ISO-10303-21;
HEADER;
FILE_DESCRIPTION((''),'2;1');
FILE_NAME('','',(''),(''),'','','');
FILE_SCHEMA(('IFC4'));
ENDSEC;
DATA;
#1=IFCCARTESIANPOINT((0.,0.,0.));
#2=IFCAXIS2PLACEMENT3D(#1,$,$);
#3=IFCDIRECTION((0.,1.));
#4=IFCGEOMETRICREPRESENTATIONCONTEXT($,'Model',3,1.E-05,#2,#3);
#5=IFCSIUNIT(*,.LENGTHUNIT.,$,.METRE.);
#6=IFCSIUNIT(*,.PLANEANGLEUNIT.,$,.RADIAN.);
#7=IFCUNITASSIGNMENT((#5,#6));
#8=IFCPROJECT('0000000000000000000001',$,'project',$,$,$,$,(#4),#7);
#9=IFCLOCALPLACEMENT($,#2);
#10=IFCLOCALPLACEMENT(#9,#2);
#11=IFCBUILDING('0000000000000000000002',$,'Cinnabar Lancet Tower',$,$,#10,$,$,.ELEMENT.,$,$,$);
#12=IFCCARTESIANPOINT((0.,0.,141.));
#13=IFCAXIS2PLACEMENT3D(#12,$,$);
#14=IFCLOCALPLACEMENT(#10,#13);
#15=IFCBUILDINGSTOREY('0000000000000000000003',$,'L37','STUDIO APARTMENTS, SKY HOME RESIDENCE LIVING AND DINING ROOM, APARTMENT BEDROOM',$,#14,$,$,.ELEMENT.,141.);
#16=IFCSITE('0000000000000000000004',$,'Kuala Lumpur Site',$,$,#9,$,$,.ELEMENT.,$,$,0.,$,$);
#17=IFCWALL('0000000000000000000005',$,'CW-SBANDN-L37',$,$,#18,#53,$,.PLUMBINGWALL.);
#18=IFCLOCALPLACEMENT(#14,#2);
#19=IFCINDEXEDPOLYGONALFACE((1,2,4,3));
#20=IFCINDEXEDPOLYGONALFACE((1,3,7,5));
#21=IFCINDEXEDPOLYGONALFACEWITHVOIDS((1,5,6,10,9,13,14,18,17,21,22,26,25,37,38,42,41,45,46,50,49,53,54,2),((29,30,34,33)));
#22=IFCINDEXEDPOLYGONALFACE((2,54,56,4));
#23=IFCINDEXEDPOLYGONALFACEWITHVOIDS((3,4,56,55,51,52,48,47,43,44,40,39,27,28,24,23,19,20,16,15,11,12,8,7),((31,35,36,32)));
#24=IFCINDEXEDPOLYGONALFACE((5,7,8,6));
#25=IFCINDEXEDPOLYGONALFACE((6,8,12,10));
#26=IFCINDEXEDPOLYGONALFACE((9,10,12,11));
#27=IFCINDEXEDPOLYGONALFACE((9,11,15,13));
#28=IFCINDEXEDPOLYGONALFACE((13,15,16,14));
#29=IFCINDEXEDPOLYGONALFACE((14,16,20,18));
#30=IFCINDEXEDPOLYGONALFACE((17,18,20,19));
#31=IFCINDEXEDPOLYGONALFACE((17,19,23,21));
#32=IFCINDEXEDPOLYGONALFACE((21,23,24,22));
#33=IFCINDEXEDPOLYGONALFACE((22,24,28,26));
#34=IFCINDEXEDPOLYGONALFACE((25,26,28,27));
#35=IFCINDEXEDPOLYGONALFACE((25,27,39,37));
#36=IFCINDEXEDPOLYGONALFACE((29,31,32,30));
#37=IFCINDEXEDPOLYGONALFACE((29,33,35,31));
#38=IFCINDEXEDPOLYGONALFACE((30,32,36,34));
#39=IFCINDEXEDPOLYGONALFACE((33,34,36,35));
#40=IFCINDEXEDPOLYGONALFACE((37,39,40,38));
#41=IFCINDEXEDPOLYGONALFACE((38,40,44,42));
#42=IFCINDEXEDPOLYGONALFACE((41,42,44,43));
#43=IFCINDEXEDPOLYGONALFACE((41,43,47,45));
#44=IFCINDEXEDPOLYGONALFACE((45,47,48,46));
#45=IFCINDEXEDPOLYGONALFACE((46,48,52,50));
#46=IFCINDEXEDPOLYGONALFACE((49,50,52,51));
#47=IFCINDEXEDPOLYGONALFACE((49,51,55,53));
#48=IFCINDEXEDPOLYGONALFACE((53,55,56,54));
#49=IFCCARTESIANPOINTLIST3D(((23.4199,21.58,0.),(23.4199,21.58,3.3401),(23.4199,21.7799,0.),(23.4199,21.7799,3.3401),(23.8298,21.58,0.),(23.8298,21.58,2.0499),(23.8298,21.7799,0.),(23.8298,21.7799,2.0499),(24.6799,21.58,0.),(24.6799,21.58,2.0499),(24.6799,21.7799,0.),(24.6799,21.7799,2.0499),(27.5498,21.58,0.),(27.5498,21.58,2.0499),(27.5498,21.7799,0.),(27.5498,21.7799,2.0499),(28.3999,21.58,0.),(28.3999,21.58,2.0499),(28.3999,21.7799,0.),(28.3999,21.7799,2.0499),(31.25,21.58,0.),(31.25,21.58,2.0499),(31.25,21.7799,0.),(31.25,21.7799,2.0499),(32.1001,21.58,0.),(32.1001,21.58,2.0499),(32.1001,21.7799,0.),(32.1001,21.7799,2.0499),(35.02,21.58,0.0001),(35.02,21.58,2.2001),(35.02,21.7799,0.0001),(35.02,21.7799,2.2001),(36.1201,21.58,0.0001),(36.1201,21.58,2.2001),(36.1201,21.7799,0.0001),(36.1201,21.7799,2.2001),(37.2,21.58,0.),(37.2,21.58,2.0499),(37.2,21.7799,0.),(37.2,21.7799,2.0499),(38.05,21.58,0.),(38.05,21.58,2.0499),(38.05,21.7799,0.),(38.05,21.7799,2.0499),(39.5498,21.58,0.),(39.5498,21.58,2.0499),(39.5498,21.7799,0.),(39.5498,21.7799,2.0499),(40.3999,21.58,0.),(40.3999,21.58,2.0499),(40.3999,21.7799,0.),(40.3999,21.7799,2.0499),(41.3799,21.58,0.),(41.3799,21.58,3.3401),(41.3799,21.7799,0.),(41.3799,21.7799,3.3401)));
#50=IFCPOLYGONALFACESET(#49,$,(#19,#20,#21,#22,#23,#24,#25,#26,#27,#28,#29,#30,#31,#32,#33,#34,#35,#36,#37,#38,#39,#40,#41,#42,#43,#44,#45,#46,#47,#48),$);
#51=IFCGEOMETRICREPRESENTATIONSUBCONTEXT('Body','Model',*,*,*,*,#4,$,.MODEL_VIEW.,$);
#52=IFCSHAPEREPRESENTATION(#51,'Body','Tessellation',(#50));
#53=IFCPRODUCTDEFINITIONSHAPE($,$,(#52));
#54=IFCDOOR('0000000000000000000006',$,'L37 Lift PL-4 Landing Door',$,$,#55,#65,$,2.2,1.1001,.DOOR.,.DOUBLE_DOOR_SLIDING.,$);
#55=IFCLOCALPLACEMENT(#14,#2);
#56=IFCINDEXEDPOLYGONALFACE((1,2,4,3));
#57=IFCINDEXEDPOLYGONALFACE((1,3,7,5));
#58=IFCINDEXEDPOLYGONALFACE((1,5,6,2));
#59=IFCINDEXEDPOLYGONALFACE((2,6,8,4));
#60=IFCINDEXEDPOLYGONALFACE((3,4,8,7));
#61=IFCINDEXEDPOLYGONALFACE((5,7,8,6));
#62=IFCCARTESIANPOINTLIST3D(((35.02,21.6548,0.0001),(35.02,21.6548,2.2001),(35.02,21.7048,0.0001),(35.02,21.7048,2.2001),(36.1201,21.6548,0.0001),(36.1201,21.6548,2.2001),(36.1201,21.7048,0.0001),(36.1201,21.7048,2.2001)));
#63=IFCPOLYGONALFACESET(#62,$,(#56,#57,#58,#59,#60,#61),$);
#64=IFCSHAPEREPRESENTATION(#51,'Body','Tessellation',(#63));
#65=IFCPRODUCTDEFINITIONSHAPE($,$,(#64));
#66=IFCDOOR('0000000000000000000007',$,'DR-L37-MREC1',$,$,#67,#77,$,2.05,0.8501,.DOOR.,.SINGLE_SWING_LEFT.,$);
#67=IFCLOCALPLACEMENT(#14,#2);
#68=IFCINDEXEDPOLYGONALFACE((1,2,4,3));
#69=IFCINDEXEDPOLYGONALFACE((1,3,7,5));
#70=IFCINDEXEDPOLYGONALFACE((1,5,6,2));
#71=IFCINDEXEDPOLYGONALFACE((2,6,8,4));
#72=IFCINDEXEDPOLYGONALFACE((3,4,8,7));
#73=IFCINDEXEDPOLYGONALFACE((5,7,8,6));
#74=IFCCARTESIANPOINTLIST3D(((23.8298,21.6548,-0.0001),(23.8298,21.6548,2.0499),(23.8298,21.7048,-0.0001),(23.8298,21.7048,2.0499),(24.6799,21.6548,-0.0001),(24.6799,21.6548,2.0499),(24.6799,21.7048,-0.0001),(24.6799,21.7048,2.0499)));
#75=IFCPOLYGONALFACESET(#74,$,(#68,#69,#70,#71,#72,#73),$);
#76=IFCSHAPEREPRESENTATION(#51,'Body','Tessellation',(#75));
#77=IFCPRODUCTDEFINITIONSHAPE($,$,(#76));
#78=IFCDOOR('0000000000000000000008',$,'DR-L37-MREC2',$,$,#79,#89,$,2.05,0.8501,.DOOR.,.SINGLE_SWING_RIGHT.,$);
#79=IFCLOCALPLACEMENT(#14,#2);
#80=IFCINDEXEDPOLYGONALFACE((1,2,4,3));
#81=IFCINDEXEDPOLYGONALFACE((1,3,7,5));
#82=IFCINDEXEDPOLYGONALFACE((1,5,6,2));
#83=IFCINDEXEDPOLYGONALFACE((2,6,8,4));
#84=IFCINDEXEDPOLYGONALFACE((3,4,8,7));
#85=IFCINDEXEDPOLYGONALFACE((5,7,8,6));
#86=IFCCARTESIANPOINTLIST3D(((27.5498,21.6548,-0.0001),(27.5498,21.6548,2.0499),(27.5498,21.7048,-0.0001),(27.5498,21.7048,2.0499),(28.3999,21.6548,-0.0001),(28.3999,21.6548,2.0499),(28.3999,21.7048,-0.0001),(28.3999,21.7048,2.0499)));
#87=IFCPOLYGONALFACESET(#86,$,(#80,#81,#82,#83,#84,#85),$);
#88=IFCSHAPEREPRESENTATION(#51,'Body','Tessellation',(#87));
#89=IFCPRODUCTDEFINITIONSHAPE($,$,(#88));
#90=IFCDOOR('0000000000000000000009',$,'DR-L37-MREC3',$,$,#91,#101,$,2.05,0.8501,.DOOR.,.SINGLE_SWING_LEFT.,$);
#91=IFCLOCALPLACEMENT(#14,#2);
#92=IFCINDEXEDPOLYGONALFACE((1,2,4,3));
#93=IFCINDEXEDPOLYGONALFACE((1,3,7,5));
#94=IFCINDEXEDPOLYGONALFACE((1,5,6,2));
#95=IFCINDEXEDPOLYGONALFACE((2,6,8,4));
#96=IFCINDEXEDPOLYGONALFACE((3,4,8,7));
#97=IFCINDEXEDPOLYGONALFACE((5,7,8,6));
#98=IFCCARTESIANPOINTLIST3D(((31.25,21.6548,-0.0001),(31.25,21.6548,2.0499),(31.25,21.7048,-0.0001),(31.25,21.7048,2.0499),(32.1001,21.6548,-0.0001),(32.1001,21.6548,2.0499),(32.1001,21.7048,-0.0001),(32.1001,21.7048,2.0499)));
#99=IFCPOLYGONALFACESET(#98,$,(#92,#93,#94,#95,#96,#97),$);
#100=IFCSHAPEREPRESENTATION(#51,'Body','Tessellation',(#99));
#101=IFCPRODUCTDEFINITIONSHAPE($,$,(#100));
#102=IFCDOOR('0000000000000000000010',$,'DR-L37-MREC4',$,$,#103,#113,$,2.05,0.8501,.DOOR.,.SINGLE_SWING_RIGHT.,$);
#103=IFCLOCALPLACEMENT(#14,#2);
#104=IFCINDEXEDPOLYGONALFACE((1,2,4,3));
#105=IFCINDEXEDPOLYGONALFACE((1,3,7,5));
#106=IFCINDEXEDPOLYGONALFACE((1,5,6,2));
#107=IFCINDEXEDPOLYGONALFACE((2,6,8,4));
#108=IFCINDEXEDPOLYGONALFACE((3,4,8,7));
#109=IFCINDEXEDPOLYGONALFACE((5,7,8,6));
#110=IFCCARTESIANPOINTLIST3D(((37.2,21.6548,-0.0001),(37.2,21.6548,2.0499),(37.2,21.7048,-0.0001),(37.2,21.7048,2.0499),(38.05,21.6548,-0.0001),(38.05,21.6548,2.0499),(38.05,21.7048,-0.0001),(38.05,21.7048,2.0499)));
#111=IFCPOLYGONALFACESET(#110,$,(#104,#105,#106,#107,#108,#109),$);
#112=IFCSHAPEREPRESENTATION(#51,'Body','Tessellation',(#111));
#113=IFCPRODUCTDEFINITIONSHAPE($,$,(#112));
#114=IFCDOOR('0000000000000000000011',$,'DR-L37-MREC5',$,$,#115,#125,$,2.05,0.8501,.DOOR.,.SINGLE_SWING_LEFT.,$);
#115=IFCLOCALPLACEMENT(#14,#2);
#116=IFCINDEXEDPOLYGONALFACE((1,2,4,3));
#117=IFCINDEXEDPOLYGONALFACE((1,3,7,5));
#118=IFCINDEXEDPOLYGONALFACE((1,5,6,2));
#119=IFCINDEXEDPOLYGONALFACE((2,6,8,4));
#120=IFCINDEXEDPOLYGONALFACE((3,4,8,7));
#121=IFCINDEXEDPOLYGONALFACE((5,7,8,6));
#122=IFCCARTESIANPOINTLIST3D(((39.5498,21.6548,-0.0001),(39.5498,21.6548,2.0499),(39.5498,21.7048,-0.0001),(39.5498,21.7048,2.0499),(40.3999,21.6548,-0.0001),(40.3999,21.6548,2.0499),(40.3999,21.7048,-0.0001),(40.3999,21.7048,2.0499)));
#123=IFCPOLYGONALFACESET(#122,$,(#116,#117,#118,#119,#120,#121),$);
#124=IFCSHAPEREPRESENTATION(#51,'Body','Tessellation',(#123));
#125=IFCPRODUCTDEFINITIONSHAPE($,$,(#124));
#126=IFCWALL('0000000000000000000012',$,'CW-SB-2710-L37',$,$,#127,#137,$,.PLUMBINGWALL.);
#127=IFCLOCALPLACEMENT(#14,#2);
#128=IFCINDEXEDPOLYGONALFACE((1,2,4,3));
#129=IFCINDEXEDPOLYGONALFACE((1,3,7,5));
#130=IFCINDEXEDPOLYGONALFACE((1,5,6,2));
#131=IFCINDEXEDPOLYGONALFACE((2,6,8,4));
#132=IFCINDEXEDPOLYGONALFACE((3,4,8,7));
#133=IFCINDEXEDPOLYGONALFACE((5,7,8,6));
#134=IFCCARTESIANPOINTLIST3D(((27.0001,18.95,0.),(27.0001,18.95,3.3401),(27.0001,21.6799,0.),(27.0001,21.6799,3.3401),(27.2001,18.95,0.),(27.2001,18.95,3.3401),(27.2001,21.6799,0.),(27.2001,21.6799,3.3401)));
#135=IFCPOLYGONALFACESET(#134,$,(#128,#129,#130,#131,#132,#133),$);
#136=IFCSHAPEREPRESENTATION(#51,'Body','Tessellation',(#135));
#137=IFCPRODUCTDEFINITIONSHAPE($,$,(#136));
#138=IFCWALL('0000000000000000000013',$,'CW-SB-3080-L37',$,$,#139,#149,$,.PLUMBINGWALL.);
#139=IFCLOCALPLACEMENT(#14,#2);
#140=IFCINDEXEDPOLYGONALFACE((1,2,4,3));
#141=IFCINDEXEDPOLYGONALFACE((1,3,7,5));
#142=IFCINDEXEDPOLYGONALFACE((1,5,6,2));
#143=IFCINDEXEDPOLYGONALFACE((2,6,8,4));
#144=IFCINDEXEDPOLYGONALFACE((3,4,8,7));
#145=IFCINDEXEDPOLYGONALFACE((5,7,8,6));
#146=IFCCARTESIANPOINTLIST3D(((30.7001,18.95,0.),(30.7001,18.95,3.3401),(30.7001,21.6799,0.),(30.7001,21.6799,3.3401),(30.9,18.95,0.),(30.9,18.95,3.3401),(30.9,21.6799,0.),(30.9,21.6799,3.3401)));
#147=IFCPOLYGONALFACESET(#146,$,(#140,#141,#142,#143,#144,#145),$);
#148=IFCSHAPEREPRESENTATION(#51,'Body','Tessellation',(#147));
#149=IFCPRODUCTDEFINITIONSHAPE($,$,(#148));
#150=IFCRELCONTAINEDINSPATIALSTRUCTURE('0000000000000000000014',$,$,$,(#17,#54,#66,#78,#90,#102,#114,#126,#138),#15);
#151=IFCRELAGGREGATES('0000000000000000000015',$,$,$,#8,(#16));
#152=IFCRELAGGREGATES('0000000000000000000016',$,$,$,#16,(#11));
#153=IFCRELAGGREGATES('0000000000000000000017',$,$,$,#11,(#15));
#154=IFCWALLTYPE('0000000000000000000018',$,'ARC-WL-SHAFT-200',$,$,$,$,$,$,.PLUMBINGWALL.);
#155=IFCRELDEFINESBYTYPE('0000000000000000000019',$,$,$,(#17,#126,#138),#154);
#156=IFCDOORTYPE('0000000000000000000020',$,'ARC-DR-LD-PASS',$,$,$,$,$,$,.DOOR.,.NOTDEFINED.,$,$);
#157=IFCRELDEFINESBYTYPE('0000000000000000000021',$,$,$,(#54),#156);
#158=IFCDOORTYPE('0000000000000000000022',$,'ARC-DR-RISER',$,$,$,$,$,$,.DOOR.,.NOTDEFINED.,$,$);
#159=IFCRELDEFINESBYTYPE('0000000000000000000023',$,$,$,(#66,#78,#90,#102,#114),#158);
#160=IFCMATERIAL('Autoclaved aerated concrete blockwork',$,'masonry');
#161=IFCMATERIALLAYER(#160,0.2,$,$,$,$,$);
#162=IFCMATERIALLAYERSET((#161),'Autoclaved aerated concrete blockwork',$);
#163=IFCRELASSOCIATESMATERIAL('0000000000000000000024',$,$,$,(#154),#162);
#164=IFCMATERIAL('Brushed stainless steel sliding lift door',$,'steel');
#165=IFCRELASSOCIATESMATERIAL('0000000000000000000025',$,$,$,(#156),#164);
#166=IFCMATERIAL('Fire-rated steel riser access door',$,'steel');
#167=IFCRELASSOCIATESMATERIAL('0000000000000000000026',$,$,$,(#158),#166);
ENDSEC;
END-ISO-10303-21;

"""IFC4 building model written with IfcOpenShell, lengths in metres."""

from ifc_helpers import new_model, si_unit, direction, frame, frame_2d, origin, place, context, subcontext, project, spatial, rectangle, extrude, material, layer, layer_set, type_object, element, fill, save


model = new_model("IFC4")

# Units and contexts
model_context = context("Model", 3, precision=1e-05, world=origin(), true_north=direction((0.0, 1.0)))
body_context = subcontext(model_context, "Body", "Model", "MODEL_VIEW")
ifc_project = project(units=[si_unit("LENGTHUNIT", "METRE"), si_unit("PLANEANGLEUNIT", "RADIAN")], contexts=[model_context])

# Site, building, storey
site_placement = place(None, origin())
site = spatial("IfcSite", under=ifc_project, at=site_placement, Name="Kuala Lumpur Site", CompositionType="ELEMENT", RefElevation=0.0)
building_placement = place(site_placement, origin())
building = spatial("IfcBuilding", under=site, at=building_placement, Name="Cinnabar Lancet Tower", CompositionType="ELEMENT")
storey_placement = place(building_placement, frame((0.0, 0.0, 141.0)))
storey = spatial("IfcBuildingStorey", under=building, at=storey_placement, Name="L37", Description="STUDIO APARTMENTS, SKY HOME RESIDENCE LIVING AND DINING ROOM, APARTMENT BEDROOM", CompositionType="ELEMENT", Elevation=141.0)

# Shared definitions
ifc_material_1 = material(Name="Autoclaved aerated concrete blockwork", Category="masonry")
ifc_layer_1 = layer(ifc_material_1, 0.2)
ifc_layer_set_1 = layer_set([ifc_layer_1], Name="Autoclaved aerated concrete blockwork")
wall_type_1 = type_object("IfcWallType", Name="ARC-WL-SHAFT-200", PredefinedType="PLUMBINGWALL", material=ifc_layer_set_1)

# Shared definitions
ifc_material_2 = material(Name="Brushed stainless steel sliding lift door", Category="steel")
door_type_1 = type_object("IfcDoorType", Name="ARC-DR-LD-PASS", OperationType="NOTDEFINED", PredefinedType="DOOR", material=ifc_material_2)

# Wall, openings, doors
wall_1_placement = place(storey_placement, frame((23.4199, 21.6799, 0.0), z_axis=(0.0, 0.0, 1.0), x_axis=(1.0, 0.0, 0.0)))
wall_1 = element("IfcWall", 1, at=wall_1_placement, inside=storey, type_object=wall_type_1, Name="CW-SBANDN-L37", PredefinedType="PLUMBINGWALL", context=body_context, shape_type="SweptSolid", body=[
    extrude(rectangle(XDim=17.96, YDim=0.2, at=frame_2d((8.98, 0.0))), origin(), (0.0, 0.0, 1.0), 3.3401),
])
opening_1_placement = place(wall_1_placement, frame((11.6001, 0.0, 0.0)))
opening_1 = element("IfcOpeningElement", 2, at=opening_1_placement, cuts=wall_1, PredefinedType="OPENING", context=body_context, shape_type="SweptSolid", body=[
    extrude(rectangle(XDim=1.1001, YDim=2.2, at=frame_2d((0.55, 1.1001))), frame((0.0, 0.1099, 0.0), z_axis=(0.0, -1.0, 0.0), x_axis=(1.0, 0.0, 0.0)), (0.0, 0.0, 1.0), 0.22),
])
opening_2_placement = place(wall_1_placement, frame((0.4099, 0.0, 0.0)))
opening_2 = element("IfcOpeningElement", 3, at=opening_2_placement, cuts=wall_1, PredefinedType="OPENING", context=body_context, shape_type="SweptSolid", body=[
    extrude(rectangle(XDim=0.8501, YDim=2.05, at=frame_2d((0.425, 1.0249))), frame((0.0, 0.1099, 0.0), z_axis=(0.0, -1.0, 0.0), x_axis=(1.0, 0.0, 0.0)), (0.0, 0.0, 1.0), 0.22),
])
opening_3_placement = place(wall_1_placement, frame((4.1299, 0.0, 0.0)))
opening_3 = element("IfcOpeningElement", 4, at=opening_3_placement, cuts=wall_1, PredefinedType="OPENING", context=body_context, shape_type="SweptSolid", body=[
    extrude(rectangle(XDim=0.8501, YDim=2.05, at=frame_2d((0.425, 1.0249))), frame((0.0, 0.1099, 0.0), z_axis=(0.0, -1.0, 0.0), x_axis=(1.0, 0.0, 0.0)), (0.0, 0.0, 1.0), 0.22),
])
opening_4_placement = place(wall_1_placement, frame((7.8301, 0.0, 0.0)))
opening_4 = element("IfcOpeningElement", 5, at=opening_4_placement, cuts=wall_1, PredefinedType="OPENING", context=body_context, shape_type="SweptSolid", body=[
    extrude(rectangle(XDim=0.8501, YDim=2.05, at=frame_2d((0.425, 1.0249))), frame((0.0, 0.1099, 0.0), z_axis=(0.0, -1.0, 0.0), x_axis=(1.0, 0.0, 0.0)), (0.0, 0.0, 1.0), 0.22),
])
opening_5_placement = place(wall_1_placement, frame((13.78, 0.0, 0.0)))
opening_5 = element("IfcOpeningElement", 6, at=opening_5_placement, cuts=wall_1, PredefinedType="OPENING", context=body_context, shape_type="SweptSolid", body=[
    extrude(rectangle(XDim=0.8501, YDim=2.05, at=frame_2d((0.425, 1.0249))), frame((0.0, 0.1099, 0.0), z_axis=(0.0, -1.0, 0.0), x_axis=(1.0, 0.0, 0.0)), (0.0, 0.0, 1.0), 0.22),
])
opening_6_placement = place(wall_1_placement, frame((16.1299, 0.0, 0.0)))
opening_6 = element("IfcOpeningElement", 7, at=opening_6_placement, cuts=wall_1, PredefinedType="OPENING", context=body_context, shape_type="SweptSolid", body=[
    extrude(rectangle(XDim=0.8501, YDim=2.05, at=frame_2d((0.425, 1.0249))), frame((0.0, 0.1099, 0.0), z_axis=(0.0, -1.0, 0.0), x_axis=(1.0, 0.0, 0.0)), (0.0, 0.0, 1.0), 0.22),
])
door_1_placement = place(opening_1_placement, origin())
door_1 = element("IfcDoor", 8, at=door_1_placement, inside=storey, type_object=door_type_1, Name="L37 Lift PL-4 Landing Door", OperationType="DOUBLE_DOOR_SLIDING", OverallHeight=2.2, OverallWidth=1.1001, PredefinedType="DOOR", context=body_context, shape_type="SweptSolid", body=[
    extrude(rectangle(XDim=1.1001, YDim=2.2, at=frame_2d((0.55, 1.1001))), frame((0.0, 0.0249, 0.0), z_axis=(0.0, -1.0, 0.0), x_axis=(1.0, 0.0, 0.0)), (0.0, 0.0, 1.0), 0.05),
])
fill(opening_1, door_1)
ifc_material_3 = material(Name="Fire-rated steel riser access door", Category="steel")
door_type_2 = type_object("IfcDoorType", Name="ARC-DR-RISER", OperationType="NOTDEFINED", PredefinedType="DOOR", material=ifc_material_3)
door_2_placement = place(opening_2_placement, origin())
door_2 = element("IfcDoor", 9, at=door_2_placement, inside=storey, type_object=door_type_2, Name="DR-L37-MREC1", OperationType="SINGLE_SWING_LEFT", OverallHeight=2.05, OverallWidth=0.8501, PredefinedType="DOOR", context=body_context, shape_type="SweptSolid", body=[
    extrude(rectangle(XDim=0.8501, YDim=2.05, at=frame_2d((0.425, 1.0249))), frame((0.0, 0.0249, 0.0), z_axis=(0.0, -1.0, 0.0), x_axis=(1.0, 0.0, 0.0)), (0.0, 0.0, 1.0), 0.05),
])
fill(opening_2, door_2)
door_3_placement = place(opening_3_placement, origin())
door_3 = element("IfcDoor", 10, at=door_3_placement, inside=storey, type_object=door_type_2, Name="DR-L37-MREC2", OperationType="SINGLE_SWING_RIGHT", OverallHeight=2.05, OverallWidth=0.8501, PredefinedType="DOOR", context=body_context, shape_type="SweptSolid", body=[
    extrude(rectangle(XDim=0.8501, YDim=2.05, at=frame_2d((0.425, 1.0249))), frame((0.0, 0.0249, 0.0), z_axis=(0.0, -1.0, 0.0), x_axis=(1.0, 0.0, 0.0)), (0.0, 0.0, 1.0), 0.05),
])
fill(opening_3, door_3)
door_4_placement = place(opening_4_placement, origin())
door_4 = element("IfcDoor", 11, at=door_4_placement, inside=storey, type_object=door_type_2, Name="DR-L37-MREC3", OperationType="SINGLE_SWING_LEFT", OverallHeight=2.05, OverallWidth=0.8501, PredefinedType="DOOR", context=body_context, shape_type="SweptSolid", body=[
    extrude(rectangle(XDim=0.8501, YDim=2.05, at=frame_2d((0.425, 1.0249))), frame((0.0, 0.0249, 0.0), z_axis=(0.0, -1.0, 0.0), x_axis=(1.0, 0.0, 0.0)), (0.0, 0.0, 1.0), 0.05),
])
fill(opening_4, door_4)
door_5_placement = place(opening_5_placement, origin())
door_5 = element("IfcDoor", 12, at=door_5_placement, inside=storey, type_object=door_type_2, Name="DR-L37-MREC4", OperationType="SINGLE_SWING_RIGHT", OverallHeight=2.05, OverallWidth=0.8501, PredefinedType="DOOR", context=body_context, shape_type="SweptSolid", body=[
    extrude(rectangle(XDim=0.8501, YDim=2.05, at=frame_2d((0.425, 1.0249))), frame((0.0, 0.0249, 0.0), z_axis=(0.0, -1.0, 0.0), x_axis=(1.0, 0.0, 0.0)), (0.0, 0.0, 1.0), 0.05),
])
fill(opening_5, door_5)
door_6_placement = place(opening_6_placement, origin())
door_6 = element("IfcDoor", 13, at=door_6_placement, inside=storey, type_object=door_type_2, Name="DR-L37-MREC5", OperationType="SINGLE_SWING_LEFT", OverallHeight=2.05, OverallWidth=0.8501, PredefinedType="DOOR", context=body_context, shape_type="SweptSolid", body=[
    extrude(rectangle(XDim=0.8501, YDim=2.05, at=frame_2d((0.425, 1.0249))), frame((0.0, 0.0249, 0.0), z_axis=(0.0, -1.0, 0.0), x_axis=(1.0, 0.0, 0.0)), (0.0, 0.0, 1.0), 0.05),
])
fill(opening_6, door_6)

# Walls
for number, where, z_axis, x_axis, name in (
    (14, (27.1001, 18.95, 0.0), (0.0, 0.0, 1.0), (0.0, 1.0, 0.0), "CW-SB-2710-L37"),
    (15, (30.8, 18.95, 0.0), (0.0, 0.0, 1.0), (0.0, 1.0, 0.0), "CW-SB-3080-L37"),
):
    element("IfcWall", number, at=place(storey_placement, frame(where, z_axis=z_axis, x_axis=x_axis)), inside=storey, type_object=wall_type_1, Name=name, PredefinedType="PLUMBINGWALL", context=body_context, shape_type="SweptSolid", body=[
        extrude(rectangle(XDim=2.73, YDim=0.2, at=frame_2d((1.365, 0.0))), origin(), (0.0, 0.0, 1.0), 3.3401),
    ])

save(model, "model.ifc")
